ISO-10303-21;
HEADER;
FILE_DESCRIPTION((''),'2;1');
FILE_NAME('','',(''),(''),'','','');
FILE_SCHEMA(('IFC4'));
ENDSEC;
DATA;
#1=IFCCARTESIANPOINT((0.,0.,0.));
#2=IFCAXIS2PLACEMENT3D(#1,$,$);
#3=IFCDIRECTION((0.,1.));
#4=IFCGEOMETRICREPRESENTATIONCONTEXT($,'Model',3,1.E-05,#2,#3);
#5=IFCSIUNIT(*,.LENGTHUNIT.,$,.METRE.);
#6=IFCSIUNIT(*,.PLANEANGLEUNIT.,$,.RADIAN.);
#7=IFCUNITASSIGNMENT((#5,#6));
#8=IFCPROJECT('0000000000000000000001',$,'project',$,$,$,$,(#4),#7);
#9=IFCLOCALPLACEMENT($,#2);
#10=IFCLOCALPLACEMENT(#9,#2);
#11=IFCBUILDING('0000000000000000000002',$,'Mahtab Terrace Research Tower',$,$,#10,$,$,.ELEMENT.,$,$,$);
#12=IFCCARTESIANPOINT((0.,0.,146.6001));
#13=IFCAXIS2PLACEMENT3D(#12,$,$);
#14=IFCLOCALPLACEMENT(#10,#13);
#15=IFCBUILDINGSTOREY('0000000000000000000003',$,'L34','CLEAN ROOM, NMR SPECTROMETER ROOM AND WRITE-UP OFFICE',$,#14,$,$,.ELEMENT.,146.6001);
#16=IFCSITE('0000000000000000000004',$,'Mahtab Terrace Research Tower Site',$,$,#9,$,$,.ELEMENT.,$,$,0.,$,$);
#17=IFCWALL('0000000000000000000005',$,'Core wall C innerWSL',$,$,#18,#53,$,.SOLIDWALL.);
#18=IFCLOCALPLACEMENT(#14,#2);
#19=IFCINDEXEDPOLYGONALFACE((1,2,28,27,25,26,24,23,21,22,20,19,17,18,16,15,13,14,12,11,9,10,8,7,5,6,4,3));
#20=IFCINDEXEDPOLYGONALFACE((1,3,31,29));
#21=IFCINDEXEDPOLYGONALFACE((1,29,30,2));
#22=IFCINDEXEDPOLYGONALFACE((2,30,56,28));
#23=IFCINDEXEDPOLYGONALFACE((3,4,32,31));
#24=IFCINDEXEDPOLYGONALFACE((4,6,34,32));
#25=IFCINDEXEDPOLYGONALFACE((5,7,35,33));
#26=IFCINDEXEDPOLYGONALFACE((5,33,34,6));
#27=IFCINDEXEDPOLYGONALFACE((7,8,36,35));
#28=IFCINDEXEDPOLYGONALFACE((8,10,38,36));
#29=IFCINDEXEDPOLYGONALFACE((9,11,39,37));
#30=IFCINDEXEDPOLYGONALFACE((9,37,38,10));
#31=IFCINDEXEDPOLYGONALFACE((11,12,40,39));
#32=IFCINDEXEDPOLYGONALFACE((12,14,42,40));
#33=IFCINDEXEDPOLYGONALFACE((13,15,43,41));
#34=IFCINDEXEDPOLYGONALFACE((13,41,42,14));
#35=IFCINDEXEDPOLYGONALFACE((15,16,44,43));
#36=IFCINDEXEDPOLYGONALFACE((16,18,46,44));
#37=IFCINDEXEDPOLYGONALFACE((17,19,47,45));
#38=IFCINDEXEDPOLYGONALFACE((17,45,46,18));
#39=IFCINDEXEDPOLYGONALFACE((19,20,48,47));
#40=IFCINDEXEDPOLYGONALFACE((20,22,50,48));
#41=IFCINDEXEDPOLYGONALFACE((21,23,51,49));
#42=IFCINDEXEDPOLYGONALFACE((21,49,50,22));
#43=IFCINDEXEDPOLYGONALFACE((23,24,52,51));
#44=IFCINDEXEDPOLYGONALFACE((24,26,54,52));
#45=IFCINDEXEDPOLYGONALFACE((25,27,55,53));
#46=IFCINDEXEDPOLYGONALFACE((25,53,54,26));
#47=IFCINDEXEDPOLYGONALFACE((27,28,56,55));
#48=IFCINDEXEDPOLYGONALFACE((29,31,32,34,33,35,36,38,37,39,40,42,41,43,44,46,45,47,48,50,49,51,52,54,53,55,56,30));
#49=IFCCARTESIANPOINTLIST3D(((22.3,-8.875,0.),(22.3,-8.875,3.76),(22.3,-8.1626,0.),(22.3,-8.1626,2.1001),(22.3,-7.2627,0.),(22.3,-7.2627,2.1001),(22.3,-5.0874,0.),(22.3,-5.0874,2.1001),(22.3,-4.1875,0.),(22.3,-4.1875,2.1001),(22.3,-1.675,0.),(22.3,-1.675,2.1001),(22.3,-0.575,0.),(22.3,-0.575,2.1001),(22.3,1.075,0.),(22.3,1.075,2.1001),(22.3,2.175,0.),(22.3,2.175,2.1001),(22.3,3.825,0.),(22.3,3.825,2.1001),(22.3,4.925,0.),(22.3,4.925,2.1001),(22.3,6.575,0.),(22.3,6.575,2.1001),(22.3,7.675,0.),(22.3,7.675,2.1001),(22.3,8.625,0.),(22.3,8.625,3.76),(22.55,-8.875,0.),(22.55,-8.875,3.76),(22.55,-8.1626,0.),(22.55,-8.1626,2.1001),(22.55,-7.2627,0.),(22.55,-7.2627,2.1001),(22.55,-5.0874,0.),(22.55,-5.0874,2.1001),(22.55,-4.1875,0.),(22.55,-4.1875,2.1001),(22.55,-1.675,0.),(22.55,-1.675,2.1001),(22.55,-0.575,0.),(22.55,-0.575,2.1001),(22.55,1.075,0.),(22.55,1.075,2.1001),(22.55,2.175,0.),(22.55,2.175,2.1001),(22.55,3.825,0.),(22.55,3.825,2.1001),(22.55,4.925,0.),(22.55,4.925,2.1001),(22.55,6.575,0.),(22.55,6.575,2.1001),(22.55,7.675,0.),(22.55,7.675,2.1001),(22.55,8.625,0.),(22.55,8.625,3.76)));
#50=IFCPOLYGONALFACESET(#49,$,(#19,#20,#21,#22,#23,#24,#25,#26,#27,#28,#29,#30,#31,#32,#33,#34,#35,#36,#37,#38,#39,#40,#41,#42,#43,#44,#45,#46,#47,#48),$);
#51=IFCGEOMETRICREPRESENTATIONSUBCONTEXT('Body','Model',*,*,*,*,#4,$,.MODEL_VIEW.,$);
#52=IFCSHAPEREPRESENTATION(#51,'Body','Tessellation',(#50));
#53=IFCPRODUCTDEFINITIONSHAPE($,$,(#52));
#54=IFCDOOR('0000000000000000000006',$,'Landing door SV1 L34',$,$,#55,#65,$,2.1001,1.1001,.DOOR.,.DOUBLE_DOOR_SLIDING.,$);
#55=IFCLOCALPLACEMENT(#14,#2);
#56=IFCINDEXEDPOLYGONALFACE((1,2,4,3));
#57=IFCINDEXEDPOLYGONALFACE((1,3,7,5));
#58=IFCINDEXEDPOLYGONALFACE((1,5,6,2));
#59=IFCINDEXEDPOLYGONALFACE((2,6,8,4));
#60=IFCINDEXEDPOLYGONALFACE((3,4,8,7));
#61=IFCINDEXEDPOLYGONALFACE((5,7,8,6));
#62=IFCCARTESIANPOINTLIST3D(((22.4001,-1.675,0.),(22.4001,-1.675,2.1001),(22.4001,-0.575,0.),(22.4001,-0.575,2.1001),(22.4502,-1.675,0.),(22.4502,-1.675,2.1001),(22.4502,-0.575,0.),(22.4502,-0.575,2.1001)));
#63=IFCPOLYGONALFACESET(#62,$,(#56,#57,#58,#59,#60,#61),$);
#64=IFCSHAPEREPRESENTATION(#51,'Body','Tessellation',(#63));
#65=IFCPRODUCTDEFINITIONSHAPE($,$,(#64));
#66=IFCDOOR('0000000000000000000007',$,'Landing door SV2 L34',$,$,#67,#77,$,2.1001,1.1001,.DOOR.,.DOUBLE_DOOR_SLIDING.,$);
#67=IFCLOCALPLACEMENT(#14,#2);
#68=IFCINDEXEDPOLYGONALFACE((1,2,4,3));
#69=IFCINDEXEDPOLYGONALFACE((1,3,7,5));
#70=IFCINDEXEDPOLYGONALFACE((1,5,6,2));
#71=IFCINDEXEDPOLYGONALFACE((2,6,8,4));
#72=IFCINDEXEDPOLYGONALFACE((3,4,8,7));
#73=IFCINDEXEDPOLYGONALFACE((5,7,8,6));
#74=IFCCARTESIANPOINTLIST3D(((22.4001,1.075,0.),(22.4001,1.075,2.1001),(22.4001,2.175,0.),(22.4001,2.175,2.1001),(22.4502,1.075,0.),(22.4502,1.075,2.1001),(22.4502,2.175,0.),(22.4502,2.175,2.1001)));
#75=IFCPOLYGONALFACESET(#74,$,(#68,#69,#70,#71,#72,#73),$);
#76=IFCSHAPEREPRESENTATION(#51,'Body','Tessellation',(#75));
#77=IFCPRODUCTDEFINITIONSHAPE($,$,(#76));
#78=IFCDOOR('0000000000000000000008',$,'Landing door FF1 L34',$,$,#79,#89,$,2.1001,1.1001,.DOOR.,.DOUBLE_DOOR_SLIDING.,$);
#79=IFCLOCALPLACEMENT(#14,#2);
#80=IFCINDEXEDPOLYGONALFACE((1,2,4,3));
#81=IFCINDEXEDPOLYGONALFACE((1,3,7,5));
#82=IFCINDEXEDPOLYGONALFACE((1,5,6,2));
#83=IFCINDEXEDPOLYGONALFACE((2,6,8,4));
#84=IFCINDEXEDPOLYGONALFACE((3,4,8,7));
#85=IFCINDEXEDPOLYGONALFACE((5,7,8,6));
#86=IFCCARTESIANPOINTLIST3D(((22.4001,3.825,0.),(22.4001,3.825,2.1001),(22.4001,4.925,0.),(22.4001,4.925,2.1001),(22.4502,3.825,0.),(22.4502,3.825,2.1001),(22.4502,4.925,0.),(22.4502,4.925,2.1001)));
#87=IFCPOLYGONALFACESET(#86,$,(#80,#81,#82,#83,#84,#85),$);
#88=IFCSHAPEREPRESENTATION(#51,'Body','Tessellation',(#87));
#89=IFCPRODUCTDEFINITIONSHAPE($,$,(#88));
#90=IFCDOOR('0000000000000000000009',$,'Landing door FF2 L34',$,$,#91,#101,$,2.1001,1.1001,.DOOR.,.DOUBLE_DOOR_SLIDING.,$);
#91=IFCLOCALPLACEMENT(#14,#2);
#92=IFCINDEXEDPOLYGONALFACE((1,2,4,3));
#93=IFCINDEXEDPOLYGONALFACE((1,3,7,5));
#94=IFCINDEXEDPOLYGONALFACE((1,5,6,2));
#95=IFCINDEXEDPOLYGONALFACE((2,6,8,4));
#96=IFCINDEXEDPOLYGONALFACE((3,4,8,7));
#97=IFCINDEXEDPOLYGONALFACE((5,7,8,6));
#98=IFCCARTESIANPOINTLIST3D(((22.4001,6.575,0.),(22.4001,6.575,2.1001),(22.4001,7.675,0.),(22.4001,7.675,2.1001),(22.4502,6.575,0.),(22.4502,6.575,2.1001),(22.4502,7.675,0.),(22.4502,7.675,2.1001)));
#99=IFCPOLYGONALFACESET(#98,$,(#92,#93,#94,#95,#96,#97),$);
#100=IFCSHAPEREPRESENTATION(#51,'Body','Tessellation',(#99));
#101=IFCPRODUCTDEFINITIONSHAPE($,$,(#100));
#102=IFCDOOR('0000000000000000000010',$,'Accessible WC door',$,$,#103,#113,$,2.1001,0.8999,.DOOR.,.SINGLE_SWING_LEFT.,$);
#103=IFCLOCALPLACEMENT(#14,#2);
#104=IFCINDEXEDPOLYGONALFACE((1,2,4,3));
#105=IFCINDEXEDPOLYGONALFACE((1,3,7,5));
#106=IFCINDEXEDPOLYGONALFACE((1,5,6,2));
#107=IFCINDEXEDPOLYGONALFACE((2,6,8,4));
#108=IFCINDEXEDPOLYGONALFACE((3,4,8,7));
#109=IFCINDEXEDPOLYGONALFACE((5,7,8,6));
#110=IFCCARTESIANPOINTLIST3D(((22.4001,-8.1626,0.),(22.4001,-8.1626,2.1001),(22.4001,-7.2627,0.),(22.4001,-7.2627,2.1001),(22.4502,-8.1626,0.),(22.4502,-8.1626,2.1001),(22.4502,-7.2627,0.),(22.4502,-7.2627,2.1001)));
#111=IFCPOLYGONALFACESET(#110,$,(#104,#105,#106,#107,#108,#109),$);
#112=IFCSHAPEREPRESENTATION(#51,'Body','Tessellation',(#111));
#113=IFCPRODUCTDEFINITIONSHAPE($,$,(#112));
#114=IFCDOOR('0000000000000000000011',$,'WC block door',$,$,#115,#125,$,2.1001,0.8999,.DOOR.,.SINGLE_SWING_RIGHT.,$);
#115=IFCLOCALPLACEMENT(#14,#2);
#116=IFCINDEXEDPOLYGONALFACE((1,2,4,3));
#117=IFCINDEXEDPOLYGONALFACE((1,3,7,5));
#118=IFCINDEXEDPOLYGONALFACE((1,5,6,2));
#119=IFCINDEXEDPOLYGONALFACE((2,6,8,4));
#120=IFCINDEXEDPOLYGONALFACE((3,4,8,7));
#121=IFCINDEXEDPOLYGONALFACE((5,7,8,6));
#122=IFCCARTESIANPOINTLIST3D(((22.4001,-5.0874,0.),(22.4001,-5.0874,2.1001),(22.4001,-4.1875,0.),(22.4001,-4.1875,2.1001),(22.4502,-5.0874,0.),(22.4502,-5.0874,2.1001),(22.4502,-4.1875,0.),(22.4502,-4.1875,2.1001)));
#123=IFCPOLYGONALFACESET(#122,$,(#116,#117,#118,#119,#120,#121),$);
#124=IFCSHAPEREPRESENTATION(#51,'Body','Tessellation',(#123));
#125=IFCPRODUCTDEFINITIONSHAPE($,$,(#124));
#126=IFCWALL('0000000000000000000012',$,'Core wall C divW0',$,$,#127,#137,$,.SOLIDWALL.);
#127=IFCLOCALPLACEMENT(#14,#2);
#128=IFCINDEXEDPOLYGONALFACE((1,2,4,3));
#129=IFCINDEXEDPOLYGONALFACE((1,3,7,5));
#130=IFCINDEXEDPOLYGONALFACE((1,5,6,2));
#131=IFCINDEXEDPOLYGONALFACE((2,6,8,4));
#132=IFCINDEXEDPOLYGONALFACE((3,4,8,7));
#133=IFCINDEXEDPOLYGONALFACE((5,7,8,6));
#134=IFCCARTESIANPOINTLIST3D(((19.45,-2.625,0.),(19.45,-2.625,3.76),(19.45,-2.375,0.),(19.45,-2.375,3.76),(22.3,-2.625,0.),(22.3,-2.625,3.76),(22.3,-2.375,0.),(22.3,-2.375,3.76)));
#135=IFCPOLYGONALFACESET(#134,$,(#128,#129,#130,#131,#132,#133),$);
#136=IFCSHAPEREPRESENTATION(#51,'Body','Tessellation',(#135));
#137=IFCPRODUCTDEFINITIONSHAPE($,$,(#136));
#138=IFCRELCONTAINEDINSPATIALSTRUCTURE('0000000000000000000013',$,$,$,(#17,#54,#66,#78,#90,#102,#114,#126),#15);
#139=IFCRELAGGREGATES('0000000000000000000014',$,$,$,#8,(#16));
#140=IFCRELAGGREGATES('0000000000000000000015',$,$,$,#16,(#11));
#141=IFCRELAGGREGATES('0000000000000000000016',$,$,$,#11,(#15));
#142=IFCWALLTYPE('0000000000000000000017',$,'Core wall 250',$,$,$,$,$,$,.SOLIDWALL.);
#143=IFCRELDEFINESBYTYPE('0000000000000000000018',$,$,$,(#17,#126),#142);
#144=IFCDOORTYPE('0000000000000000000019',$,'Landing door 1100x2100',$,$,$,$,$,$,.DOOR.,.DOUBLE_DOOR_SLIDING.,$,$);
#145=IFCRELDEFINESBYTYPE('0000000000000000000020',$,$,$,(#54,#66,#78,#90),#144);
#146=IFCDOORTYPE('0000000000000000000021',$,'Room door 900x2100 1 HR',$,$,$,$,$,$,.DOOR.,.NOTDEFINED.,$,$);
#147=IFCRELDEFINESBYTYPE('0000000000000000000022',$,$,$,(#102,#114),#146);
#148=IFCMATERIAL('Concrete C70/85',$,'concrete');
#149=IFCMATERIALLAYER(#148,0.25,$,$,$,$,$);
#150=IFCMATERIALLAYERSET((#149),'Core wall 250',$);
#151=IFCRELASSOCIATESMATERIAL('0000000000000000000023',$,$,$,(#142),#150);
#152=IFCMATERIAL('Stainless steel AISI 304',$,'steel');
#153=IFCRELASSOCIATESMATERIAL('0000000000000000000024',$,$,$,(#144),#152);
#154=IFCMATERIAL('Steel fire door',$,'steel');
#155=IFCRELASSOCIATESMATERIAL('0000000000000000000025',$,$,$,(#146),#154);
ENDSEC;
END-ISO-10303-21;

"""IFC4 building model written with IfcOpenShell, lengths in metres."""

from ifc_helpers import new_model, si_unit, direction, frame, frame_2d, origin, place, context, subcontext, project, spatial, rectangle, extrude, material, layer, layer_set, type_object, element, fill, save


model = new_model("IFC4")

# Units and contexts
model_context = context("Model", 3, precision=1e-05, world=origin(), true_north=direction((0.0, 1.0)))
body_context = subcontext(model_context, "Body", "Model", "MODEL_VIEW")
ifc_project = project(units=[si_unit("LENGTHUNIT", "METRE"), si_unit("PLANEANGLEUNIT", "RADIAN")], contexts=[model_context])

# Site, building, storey
site_placement = place(None, origin())
site = spatial("IfcSite", under=ifc_project, at=site_placement, Name="Mahtab Terrace Research Tower Site", CompositionType="ELEMENT", RefElevation=0.0)
building_placement = place(site_placement, origin())
building = spatial("IfcBuilding", under=site, at=building_placement, Name="Mahtab Terrace Research Tower", CompositionType="ELEMENT")
storey_placement = place(building_placement, frame((0.0, 0.0, 146.6001)))
storey = spatial("IfcBuildingStorey", under=building, at=storey_placement, Name="L34", Description="CLEAN ROOM, NMR SPECTROMETER ROOM AND WRITE-UP OFFICE", CompositionType="ELEMENT", Elevation=146.6001)

# Shared definitions
ifc_material_1 = material(Name="Concrete C70/85", Category="concrete")

# Wall, openings, doors
ifc_layer_1 = layer(ifc_material_1, 0.25)
ifc_layer_set_1 = layer_set([ifc_layer_1], Name="Core wall 250")
wall_type_1 = type_object("IfcWallType", Name="Core wall 250", PredefinedType="SOLIDWALL", material=ifc_layer_set_1)
wall_1_placement = place(storey_placement, frame((22.425, -8.875, 0.0), z_axis=(0.0, 0.0, 1.0), x_axis=(0.0, 1.0, 0.0)))
wall_1 = element("IfcWall", 1, at=wall_1_placement, inside=storey, type_object=wall_type_1, Name="Core wall C innerWSL", PredefinedType="SOLIDWALL", context=body_context, shape_type="SweptSolid", body=[
    extrude(rectangle(XDim=17.5, YDim=0.25, at=frame_2d((8.75, 0.0))), origin(), (0.0, 0.0, 1.0), 3.76),
])
opening_1_placement = place(wall_1_placement, frame((7.2, 0.0, 0.0)))
opening_1 = element("IfcOpeningElement", 2, at=opening_1_placement, cuts=wall_1, PredefinedType="OPENING", context=body_context, shape_type="SweptSolid", body=[
    extrude(rectangle(XDim=1.1001, YDim=2.1001, at=frame_2d((0.55, 1.05))), frame((0.0, 0.135, 0.0), z_axis=(0.0, -1.0, 0.0), x_axis=(1.0, 0.0, 0.0)), (0.0, 0.0, 1.0), 0.27),
])
opening_2_placement = place(wall_1_placement, frame((9.95, 0.0, 0.0)))
opening_2 = element("IfcOpeningElement", 3, at=opening_2_placement, cuts=wall_1, PredefinedType="OPENING", context=body_context, shape_type="SweptSolid", body=[
    extrude(rectangle(XDim=1.1001, YDim=2.1001, at=frame_2d((0.55, 1.05))), frame((0.0, 0.135, 0.0), z_axis=(0.0, -1.0, 0.0), x_axis=(1.0, 0.0, 0.0)), (0.0, 0.0, 1.0), 0.27),
])
opening_3_placement = place(wall_1_placement, frame((12.7, 0.0, 0.0)))
opening_3 = element("IfcOpeningElement", 4, at=opening_3_placement, cuts=wall_1, PredefinedType="OPENING", context=body_context, shape_type="SweptSolid", body=[
    extrude(rectangle(XDim=1.1001, YDim=2.1001, at=frame_2d((0.55, 1.05))), frame((0.0, 0.135, 0.0), z_axis=(0.0, -1.0, 0.0), x_axis=(1.0, 0.0, 0.0)), (0.0, 0.0, 1.0), 0.27),
])
opening_4_placement = place(wall_1_placement, frame((15.45, 0.0, 0.0)))
opening_4 = element("IfcOpeningElement", 5, at=opening_4_placement, cuts=wall_1, PredefinedType="OPENING", context=body_context, shape_type="SweptSolid", body=[
    extrude(rectangle(XDim=1.1001, YDim=2.1001, at=frame_2d((0.55, 1.05))), frame((0.0, 0.135, 0.0), z_axis=(0.0, -1.0, 0.0), x_axis=(1.0, 0.0, 0.0)), (0.0, 0.0, 1.0), 0.27),
])
opening_5_placement = place(wall_1_placement, frame((0.7124, 0.0, 0.0)))
opening_5 = element("IfcOpeningElement", 6, at=opening_5_placement, cuts=wall_1, PredefinedType="OPENING", context=body_context, shape_type="SweptSolid", body=[
    extrude(rectangle(XDim=0.8999, YDim=2.1001, at=frame_2d((0.45, 1.05))), frame((0.0, 0.135, 0.0), z_axis=(0.0, -1.0, 0.0), x_axis=(1.0, 0.0, 0.0)), (0.0, 0.0, 1.0), 0.27),
])
opening_6_placement = place(wall_1_placement, frame((3.7876, 0.0, 0.0)))
opening_6 = element("IfcOpeningElement", 7, at=opening_6_placement, cuts=wall_1, PredefinedType="OPENING", context=body_context, shape_type="SweptSolid", body=[
    extrude(rectangle(XDim=0.8999, YDim=2.1001, at=frame_2d((0.45, 1.05))), frame((0.0, 0.135, 0.0), z_axis=(0.0, -1.0, 0.0), x_axis=(1.0, 0.0, 0.0)), (0.0, 0.0, 1.0), 0.27),
])
ifc_material_2 = material(Name="Stainless steel AISI 304", Category="steel")
door_type_1 = type_object("IfcDoorType", Name="Landing door 1100x2100", OperationType="DOUBLE_DOOR_SLIDING", PredefinedType="DOOR", material=ifc_material_2)
door_1_placement = place(opening_1_placement, origin())
door_1 = element("IfcDoor", 8, at=door_1_placement, inside=storey, type_object=door_type_1, Name="Landing door SV1 L34", OperationType="DOUBLE_DOOR_SLIDING", OverallHeight=2.1001, OverallWidth=1.1001, PredefinedType="DOOR", context=body_context, shape_type="SweptSolid", body=[
    extrude(rectangle(XDim=1.1001, YDim=2.1001, at=frame_2d((0.55, 1.05))), frame((0.0, 0.0249, 0.0), z_axis=(0.0, -1.0, 0.0), x_axis=(1.0, 0.0, 0.0)), (0.0, 0.0, 1.0), 0.05),
])
fill(opening_1, door_1)
door_2_placement = place(opening_2_placement, origin())
door_2 = element("IfcDoor", 9, at=door_2_placement, inside=storey, type_object=door_type_1, Name="Landing door SV2 L34", OperationType="DOUBLE_DOOR_SLIDING", OverallHeight=2.1001, OverallWidth=1.1001, PredefinedType="DOOR", context=body_context, shape_type="SweptSolid", body=[
    extrude(rectangle(XDim=1.1001, YDim=2.1001, at=frame_2d((0.55, 1.05))), frame((0.0, 0.0249, 0.0), z_axis=(0.0, -1.0, 0.0), x_axis=(1.0, 0.0, 0.0)), (0.0, 0.0, 1.0), 0.05),
])
fill(opening_2, door_2)
door_3_placement = place(opening_3_placement, origin())
door_3 = element("IfcDoor", 10, at=door_3_placement, inside=storey, type_object=door_type_1, Name="Landing door FF1 L34", OperationType="DOUBLE_DOOR_SLIDING", OverallHeight=2.1001, OverallWidth=1.1001, PredefinedType="DOOR", context=body_context, shape_type="SweptSolid", body=[
    extrude(rectangle(XDim=1.1001, YDim=2.1001, at=frame_2d((0.55, 1.05))), frame((0.0, 0.0249, 0.0), z_axis=(0.0, -1.0, 0.0), x_axis=(1.0, 0.0, 0.0)), (0.0, 0.0, 1.0), 0.05),
])
fill(opening_3, door_3)
door_4_placement = place(opening_4_placement, origin())
door_4 = element("IfcDoor", 11, at=door_4_placement, inside=storey, type_object=door_type_1, Name="Landing door FF2 L34", OperationType="DOUBLE_DOOR_SLIDING", OverallHeight=2.1001, OverallWidth=1.1001, PredefinedType="DOOR", context=body_context, shape_type="SweptSolid", body=[
    extrude(rectangle(XDim=1.1001, YDim=2.1001, at=frame_2d((0.55, 1.05))), frame((0.0, 0.0249, 0.0), z_axis=(0.0, -1.0, 0.0), x_axis=(1.0, 0.0, 0.0)), (0.0, 0.0, 1.0), 0.05),
])
fill(opening_4, door_4)
ifc_material_3 = material(Name="Steel fire door", Category="steel")
door_type_2 = type_object("IfcDoorType", Name="Room door 900x2100 1 HR", OperationType="NOTDEFINED", PredefinedType="DOOR", material=ifc_material_3)
door_5_placement = place(opening_5_placement, origin())
door_5 = element("IfcDoor", 12, at=door_5_placement, inside=storey, type_object=door_type_2, Name="Accessible WC door", OperationType="SINGLE_SWING_LEFT", OverallHeight=2.1001, OverallWidth=0.8999, PredefinedType="DOOR", context=body_context, shape_type="SweptSolid", body=[
    extrude(rectangle(XDim=0.8999, YDim=2.1001, at=frame_2d((0.45, 1.05))), frame((0.0, 0.0249, 0.0), z_axis=(0.0, -1.0, 0.0), x_axis=(1.0, 0.0, 0.0)), (0.0, 0.0, 1.0), 0.05),
])
fill(opening_5, door_5)
door_6_placement = place(opening_6_placement, origin())
door_6 = element("IfcDoor", 13, at=door_6_placement, inside=storey, type_object=door_type_2, Name="WC block door", OperationType="SINGLE_SWING_RIGHT", OverallHeight=2.1001, OverallWidth=0.8999, PredefinedType="DOOR", context=body_context, shape_type="SweptSolid", body=[
    extrude(rectangle(XDim=0.8999, YDim=2.1001, at=frame_2d((0.45, 1.05))), frame((0.0, 0.0249, 0.0), z_axis=(0.0, -1.0, 0.0), x_axis=(1.0, 0.0, 0.0)), (0.0, 0.0, 1.0), 0.05),
])
fill(opening_6, door_6)

# Wall
wall_2_placement = place(storey_placement, frame((19.45, -2.5, 0.0), z_axis=(0.0, 0.0, 1.0), x_axis=(1.0, 0.0, 0.0)))
element("IfcWall", 14, at=wall_2_placement, inside=storey, type_object=wall_type_1, Name="Core wall C divW0", PredefinedType="SOLIDWALL", context=body_context, shape_type="SweptSolid", body=[
    extrude(rectangle(XDim=2.8501, YDim=0.25, at=frame_2d((1.425, 0.0))), origin(), (0.0, 0.0, 1.0), 3.76),
])

save(model, "model.ifc")
